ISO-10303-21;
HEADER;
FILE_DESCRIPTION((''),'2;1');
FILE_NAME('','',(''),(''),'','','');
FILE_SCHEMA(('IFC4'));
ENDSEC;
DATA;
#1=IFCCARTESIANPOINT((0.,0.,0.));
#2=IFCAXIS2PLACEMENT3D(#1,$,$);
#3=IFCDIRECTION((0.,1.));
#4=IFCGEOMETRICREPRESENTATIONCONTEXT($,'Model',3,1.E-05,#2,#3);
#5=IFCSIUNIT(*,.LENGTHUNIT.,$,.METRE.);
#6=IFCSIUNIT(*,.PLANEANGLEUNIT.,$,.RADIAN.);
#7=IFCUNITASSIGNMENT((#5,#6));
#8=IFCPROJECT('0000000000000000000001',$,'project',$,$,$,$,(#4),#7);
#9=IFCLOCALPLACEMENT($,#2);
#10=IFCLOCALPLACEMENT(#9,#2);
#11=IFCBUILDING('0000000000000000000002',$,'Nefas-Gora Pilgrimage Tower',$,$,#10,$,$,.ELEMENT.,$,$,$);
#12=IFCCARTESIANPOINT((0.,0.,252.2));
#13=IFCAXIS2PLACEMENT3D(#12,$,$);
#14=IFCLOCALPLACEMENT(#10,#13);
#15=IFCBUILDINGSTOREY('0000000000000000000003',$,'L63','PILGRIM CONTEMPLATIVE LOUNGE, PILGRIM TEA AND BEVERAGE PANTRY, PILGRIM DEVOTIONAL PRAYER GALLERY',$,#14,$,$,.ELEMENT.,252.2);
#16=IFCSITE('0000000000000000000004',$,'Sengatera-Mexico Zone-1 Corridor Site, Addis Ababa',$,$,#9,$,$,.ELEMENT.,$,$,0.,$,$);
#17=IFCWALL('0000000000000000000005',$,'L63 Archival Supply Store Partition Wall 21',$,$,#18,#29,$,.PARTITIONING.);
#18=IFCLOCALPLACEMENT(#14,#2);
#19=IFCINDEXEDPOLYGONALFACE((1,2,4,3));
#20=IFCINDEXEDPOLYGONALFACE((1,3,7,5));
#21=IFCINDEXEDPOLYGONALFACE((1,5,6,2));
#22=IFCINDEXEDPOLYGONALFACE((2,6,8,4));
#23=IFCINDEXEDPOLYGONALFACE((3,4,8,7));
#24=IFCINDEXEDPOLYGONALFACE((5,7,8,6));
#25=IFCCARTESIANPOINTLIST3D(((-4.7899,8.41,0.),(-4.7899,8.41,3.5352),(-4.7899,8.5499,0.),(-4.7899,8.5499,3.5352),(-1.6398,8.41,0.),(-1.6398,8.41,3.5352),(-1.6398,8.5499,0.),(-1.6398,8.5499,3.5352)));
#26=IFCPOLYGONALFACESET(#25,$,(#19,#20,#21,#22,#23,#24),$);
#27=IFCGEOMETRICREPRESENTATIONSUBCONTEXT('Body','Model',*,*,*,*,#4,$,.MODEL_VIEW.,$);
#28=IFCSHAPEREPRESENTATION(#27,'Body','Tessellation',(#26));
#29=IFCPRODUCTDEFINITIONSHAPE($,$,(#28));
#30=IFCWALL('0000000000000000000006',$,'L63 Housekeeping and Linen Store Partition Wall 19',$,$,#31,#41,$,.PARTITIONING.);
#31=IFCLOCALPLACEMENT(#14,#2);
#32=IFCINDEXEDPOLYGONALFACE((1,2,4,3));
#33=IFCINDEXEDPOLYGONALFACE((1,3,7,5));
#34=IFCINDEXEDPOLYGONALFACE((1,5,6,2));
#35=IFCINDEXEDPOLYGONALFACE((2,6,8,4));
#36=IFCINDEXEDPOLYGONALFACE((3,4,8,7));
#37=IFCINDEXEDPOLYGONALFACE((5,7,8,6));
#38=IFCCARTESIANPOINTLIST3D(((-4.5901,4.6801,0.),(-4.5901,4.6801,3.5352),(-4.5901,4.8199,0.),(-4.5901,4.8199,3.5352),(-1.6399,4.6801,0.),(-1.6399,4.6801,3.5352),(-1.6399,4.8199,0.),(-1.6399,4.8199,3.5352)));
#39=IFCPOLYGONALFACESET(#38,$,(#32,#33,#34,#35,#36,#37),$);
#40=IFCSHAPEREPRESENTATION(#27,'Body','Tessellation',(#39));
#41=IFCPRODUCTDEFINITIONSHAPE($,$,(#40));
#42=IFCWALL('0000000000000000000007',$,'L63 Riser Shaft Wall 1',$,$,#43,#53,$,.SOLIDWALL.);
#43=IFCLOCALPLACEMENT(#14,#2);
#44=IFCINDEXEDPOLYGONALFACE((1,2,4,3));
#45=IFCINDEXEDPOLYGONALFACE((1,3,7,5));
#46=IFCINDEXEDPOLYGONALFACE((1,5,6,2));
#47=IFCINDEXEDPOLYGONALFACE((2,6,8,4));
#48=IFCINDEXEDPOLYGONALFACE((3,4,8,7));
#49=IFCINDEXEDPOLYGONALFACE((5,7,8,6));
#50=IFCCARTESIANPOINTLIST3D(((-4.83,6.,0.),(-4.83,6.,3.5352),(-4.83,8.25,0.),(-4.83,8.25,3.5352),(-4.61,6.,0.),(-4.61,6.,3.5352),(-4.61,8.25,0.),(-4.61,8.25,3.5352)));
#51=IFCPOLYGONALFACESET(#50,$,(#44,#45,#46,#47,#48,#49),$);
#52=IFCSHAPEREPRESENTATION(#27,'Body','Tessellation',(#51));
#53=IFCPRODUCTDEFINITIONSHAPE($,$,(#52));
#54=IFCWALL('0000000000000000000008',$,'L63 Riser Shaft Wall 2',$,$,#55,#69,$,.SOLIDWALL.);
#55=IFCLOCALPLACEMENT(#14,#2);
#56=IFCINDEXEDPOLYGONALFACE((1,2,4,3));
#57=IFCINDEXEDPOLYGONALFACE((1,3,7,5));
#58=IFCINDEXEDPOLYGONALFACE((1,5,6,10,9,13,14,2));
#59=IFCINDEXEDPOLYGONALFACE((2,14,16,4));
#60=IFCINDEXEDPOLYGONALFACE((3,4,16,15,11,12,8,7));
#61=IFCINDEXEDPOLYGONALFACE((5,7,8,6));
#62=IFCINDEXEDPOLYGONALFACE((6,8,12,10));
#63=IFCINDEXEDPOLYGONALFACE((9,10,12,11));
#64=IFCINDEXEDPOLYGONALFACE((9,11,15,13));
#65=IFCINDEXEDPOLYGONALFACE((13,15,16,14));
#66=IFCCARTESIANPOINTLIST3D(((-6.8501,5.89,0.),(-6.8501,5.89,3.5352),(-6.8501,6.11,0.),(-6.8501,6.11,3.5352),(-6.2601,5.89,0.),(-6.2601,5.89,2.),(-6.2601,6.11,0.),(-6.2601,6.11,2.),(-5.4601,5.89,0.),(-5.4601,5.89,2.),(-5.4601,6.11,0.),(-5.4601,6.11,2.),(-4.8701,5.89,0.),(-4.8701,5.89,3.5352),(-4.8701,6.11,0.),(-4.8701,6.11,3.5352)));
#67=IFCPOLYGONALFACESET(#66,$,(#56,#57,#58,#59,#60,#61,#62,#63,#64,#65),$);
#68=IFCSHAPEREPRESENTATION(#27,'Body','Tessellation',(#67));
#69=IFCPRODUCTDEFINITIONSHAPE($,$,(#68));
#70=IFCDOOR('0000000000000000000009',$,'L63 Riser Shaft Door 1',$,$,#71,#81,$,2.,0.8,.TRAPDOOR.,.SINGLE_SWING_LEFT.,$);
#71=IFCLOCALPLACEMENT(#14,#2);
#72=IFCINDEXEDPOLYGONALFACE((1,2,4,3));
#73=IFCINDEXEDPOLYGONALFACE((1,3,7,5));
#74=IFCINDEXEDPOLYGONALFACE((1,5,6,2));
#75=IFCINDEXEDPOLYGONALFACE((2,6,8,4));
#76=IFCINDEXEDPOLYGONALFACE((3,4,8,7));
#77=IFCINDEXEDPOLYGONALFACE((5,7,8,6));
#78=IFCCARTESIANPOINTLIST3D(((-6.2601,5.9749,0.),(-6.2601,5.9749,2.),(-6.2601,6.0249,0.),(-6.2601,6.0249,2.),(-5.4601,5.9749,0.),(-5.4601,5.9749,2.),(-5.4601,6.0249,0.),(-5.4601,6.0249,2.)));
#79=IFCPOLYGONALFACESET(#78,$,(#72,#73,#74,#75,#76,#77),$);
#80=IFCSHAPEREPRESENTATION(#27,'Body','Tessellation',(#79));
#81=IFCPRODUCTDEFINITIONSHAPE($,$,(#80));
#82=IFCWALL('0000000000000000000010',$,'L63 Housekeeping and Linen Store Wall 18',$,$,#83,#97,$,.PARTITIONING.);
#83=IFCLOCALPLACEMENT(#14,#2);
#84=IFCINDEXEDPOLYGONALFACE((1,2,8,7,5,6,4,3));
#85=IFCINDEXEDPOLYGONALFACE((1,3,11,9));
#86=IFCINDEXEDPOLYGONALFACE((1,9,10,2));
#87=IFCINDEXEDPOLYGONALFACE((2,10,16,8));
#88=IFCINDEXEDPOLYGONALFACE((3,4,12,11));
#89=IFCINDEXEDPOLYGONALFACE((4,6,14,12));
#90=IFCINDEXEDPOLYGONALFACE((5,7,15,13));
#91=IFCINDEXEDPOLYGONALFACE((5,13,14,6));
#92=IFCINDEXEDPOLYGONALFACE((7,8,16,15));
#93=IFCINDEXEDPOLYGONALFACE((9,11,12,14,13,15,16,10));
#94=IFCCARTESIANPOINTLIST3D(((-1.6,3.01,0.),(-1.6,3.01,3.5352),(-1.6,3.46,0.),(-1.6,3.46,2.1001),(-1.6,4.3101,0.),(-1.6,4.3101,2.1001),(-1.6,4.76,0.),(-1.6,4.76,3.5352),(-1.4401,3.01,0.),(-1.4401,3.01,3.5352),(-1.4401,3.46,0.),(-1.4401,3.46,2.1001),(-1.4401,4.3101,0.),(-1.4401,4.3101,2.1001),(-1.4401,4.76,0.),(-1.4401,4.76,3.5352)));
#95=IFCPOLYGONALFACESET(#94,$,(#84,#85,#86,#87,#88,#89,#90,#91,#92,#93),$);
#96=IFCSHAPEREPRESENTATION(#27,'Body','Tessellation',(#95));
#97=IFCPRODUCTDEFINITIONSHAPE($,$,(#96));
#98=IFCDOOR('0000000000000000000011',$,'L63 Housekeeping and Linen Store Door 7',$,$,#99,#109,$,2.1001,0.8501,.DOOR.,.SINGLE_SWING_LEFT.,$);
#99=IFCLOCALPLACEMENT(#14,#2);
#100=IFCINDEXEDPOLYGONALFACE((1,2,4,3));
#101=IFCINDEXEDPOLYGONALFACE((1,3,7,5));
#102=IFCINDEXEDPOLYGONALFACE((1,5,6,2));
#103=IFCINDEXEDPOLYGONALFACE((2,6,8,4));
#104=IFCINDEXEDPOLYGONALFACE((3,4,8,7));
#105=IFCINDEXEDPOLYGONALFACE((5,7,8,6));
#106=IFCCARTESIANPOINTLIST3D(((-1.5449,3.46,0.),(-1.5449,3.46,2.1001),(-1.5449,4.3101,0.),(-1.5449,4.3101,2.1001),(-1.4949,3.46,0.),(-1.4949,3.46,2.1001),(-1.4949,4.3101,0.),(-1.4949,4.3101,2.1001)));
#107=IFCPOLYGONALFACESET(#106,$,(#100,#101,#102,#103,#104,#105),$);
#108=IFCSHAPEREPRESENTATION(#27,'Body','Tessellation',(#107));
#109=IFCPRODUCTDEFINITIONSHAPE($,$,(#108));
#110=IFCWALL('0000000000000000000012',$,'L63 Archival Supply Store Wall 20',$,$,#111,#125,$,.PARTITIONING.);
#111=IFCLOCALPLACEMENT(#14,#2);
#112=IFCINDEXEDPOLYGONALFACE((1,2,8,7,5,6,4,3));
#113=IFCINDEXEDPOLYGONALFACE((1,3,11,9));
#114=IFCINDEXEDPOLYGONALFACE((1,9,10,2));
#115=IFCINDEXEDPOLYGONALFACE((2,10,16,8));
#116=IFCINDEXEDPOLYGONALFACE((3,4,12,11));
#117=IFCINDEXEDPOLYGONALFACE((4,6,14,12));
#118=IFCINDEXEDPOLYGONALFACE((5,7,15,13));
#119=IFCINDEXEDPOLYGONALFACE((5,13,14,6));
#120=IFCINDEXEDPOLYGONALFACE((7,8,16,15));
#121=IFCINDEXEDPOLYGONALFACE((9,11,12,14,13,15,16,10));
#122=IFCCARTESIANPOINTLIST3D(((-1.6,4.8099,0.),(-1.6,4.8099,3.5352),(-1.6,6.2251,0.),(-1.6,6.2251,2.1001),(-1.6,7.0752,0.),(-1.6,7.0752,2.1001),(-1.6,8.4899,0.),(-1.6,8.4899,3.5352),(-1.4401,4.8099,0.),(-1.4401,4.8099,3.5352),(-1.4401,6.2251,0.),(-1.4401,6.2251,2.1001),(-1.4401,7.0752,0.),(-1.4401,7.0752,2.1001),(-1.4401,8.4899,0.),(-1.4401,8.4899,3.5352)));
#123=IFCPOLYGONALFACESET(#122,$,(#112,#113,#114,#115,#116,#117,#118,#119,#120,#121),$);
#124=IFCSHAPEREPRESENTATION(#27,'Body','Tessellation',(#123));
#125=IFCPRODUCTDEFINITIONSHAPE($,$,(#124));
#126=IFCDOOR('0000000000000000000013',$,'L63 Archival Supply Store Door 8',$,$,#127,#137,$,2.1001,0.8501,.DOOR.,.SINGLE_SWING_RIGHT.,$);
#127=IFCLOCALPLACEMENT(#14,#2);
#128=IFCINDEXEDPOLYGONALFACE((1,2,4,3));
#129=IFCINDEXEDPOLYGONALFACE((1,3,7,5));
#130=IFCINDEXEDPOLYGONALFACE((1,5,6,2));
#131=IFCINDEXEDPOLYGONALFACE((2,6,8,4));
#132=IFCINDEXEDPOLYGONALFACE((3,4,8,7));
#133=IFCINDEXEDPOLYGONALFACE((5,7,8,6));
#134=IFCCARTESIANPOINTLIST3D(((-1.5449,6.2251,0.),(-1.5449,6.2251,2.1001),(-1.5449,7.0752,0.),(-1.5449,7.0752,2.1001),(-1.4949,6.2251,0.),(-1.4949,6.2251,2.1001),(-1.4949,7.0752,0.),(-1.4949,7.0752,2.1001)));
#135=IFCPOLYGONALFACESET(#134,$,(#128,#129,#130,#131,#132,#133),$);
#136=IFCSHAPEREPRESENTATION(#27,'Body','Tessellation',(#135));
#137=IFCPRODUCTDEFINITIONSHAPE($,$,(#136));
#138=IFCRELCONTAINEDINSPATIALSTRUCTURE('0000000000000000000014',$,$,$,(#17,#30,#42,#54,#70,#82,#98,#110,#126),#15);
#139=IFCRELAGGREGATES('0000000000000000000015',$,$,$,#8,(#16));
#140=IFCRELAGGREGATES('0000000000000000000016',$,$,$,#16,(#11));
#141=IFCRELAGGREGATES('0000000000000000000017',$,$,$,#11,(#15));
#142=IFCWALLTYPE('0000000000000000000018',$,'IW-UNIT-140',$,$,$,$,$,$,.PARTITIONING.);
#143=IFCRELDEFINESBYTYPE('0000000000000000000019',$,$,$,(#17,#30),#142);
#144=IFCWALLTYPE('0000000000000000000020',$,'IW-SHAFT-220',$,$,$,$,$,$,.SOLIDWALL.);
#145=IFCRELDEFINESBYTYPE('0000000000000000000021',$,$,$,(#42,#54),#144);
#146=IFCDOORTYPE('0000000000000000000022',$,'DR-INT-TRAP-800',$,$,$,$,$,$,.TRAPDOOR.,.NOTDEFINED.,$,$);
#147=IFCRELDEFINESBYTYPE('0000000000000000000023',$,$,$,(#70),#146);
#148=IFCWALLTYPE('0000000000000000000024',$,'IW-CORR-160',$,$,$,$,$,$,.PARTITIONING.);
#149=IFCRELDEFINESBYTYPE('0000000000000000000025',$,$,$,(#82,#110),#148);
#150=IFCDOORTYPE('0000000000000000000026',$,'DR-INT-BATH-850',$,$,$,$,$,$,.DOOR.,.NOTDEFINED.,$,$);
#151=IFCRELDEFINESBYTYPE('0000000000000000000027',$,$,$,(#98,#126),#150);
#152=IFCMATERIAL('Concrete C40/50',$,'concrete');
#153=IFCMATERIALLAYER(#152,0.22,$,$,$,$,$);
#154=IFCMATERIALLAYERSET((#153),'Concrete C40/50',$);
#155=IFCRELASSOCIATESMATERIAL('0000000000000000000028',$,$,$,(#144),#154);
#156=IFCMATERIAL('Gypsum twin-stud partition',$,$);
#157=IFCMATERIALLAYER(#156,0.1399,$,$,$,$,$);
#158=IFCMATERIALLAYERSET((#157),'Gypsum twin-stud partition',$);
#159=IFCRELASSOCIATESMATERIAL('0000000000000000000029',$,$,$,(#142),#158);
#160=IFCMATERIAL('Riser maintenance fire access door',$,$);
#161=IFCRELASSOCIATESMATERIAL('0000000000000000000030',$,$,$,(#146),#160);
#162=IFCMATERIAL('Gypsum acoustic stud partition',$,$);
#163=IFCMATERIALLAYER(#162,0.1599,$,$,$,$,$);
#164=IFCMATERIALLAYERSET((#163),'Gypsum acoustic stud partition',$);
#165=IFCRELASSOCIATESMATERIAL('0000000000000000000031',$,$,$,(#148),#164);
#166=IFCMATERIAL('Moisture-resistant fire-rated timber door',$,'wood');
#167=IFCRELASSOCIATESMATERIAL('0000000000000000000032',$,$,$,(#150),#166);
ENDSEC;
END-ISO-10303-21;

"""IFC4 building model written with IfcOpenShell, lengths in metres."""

from ifc_helpers import new_model, si_unit, direction, frame, frame_2d, origin, place, context, subcontext, project, spatial, rectangle, extrude, source, transform, mapped, material, layer, layer_set, type_object, element, fill, save


model = new_model("IFC4")

# Units and contexts
model_context = context("Model", 3, precision=1e-05, world=origin(), true_north=direction((0.0, 1.0)))
body_context = subcontext(model_context, "Body", "Model", "MODEL_VIEW")
ifc_project = project(units=[si_unit("LENGTHUNIT", "METRE"), si_unit("PLANEANGLEUNIT", "RADIAN")], contexts=[model_context])

# Site, building, storey
site_placement = place(None, origin())
site = spatial("IfcSite", under=ifc_project, at=site_placement, Name="Sengatera-Mexico Zone-1 Corridor Site, Addis Ababa", CompositionType="ELEMENT", RefElevation=0.0)
building_placement = place(site_placement, origin())
building = spatial("IfcBuilding", under=site, at=building_placement, Name="Nefas-Gora Pilgrimage Tower", CompositionType="ELEMENT")
storey_placement = place(building_placement, frame((0.0, 0.0, 252.2)))
storey = spatial("IfcBuildingStorey", under=building, at=storey_placement, Name="L63", Description="PILGRIM CONTEMPLATIVE LOUNGE, PILGRIM TEA AND BEVERAGE PANTRY, PILGRIM DEVOTIONAL PRAYER GALLERY", CompositionType="ELEMENT", Elevation=252.2)

# Shared definitions
ifc_material_1 = material(Name="Concrete C40/50", Category="concrete")
ifc_layer_1 = layer(ifc_material_1, 0.22)
ifc_layer_set_1 = layer_set([ifc_layer_1], Name="Concrete C40/50")
wall_type_1 = type_object("IfcWallType", Name="IW-SHAFT-220", PredefinedType="SOLIDWALL", material=ifc_layer_set_1)

# Walls
ifc_material_2 = material(Name="Gypsum twin-stud partition")
ifc_layer_2 = layer(ifc_material_2, 0.1399)
ifc_layer_set_2 = layer_set([ifc_layer_2], Name="Gypsum twin-stud partition")
wall_type_2 = type_object("IfcWallType", Name="IW-UNIT-140", PredefinedType="PARTITIONING", material=ifc_layer_set_2)
shared_shape_1 = source(origin(), body_context, "Body", "SweptSolid", [
    extrude(rectangle(XDim=3.1501, YDim=0.1399, at=frame_2d((1.5752, 0.0))), origin(), (0.0, 0.0, 1.0), 3.5352),
])
wall_1_placement = place(storey_placement, frame((-4.79, 8.48, 0.0), z_axis=(0.0, 0.0, 1.0), x_axis=(1.0, 0.0, 0.0)))
element("IfcWall", 1, at=wall_1_placement, inside=storey, type_object=wall_type_2, Name="L63 Archival Supply Store Partition Wall 21", PredefinedType="PARTITIONING", context=body_context, shape_type="MappedRepresentation", body=[
    mapped(shared_shape_1, transform((0.0, 0.0, 0.0), x_axis=(1.0, 0.0, 0.0), y_axis=(0.0, 1.0, 0.0), z_axis=(0.0, 0.0, 1.0), scale=1.0)),
])
shared_shape_2 = source(origin(), body_context, "Body", "SweptSolid", [
    extrude(rectangle(XDim=2.9502, YDim=0.1399, at=frame_2d((1.4751, 0.0))), origin(), (0.0, 0.0, 1.0), 3.5352),
])
wall_2_placement = place(storey_placement, frame((-4.5901, 4.75, 0.0), z_axis=(0.0, 0.0, 1.0), x_axis=(1.0, 0.0, 0.0)))
element("IfcWall", 2, at=wall_2_placement, inside=storey, type_object=wall_type_2, Name="L63 Housekeeping and Linen Store Partition Wall 19", PredefinedType="PARTITIONING", context=body_context, shape_type="MappedRepresentation", body=[
    mapped(shared_shape_2, transform((0.0, 0.0, 0.0), x_axis=(1.0, 0.0, 0.0), y_axis=(0.0, 1.0, 0.0), z_axis=(0.0, 0.0, 1.0), scale=1.0)),
])
shared_shape_3 = source(origin(), body_context, "Body", "SweptSolid", [
    extrude(rectangle(XDim=2.25, YDim=0.22, at=frame_2d((1.125, 0.0))), origin(), (0.0, 0.0, 1.0), 3.5352),
])
wall_3_placement = place(storey_placement, frame((-4.72, 6.0, 0.0), z_axis=(0.0, 0.0, 1.0), x_axis=(0.0, 1.0, 0.0)))
element("IfcWall", 3, at=wall_3_placement, inside=storey, type_object=wall_type_1, Name="L63 Riser Shaft Wall 1", PredefinedType="SOLIDWALL", context=body_context, shape_type="MappedRepresentation", body=[
    mapped(shared_shape_3, transform((0.0, 0.0, 0.0), x_axis=(1.0, 0.0, 0.0), y_axis=(0.0, 1.0, 0.0), z_axis=(0.0, 0.0, 1.0), scale=1.0)),
])

# Walls, openings, doors
shared_shape_4 = source(origin(), body_context, "Body", "SweptSolid", [
    extrude(rectangle(XDim=1.98, YDim=0.22, at=frame_2d((0.99, 0.0))), origin(), (0.0, 0.0, 1.0), 3.5352),
])
wall_4_placement = place(storey_placement, frame((-6.8501, 6.0, 0.0), z_axis=(0.0, 0.0, 1.0), x_axis=(1.0, 0.0, 0.0)))
wall_4 = element("IfcWall", 4, at=wall_4_placement, inside=storey, type_object=wall_type_1, Name="L63 Riser Shaft Wall 2", PredefinedType="SOLIDWALL", context=body_context, shape_type="MappedRepresentation", body=[
    mapped(shared_shape_4, transform((0.0, 0.0, 0.0), x_axis=(1.0, 0.0, 0.0), y_axis=(0.0, 1.0, 0.0), z_axis=(0.0, 0.0, 1.0), scale=1.0)),
])
opening_1_placement = place(wall_4_placement, frame((0.5901, 0.0, 0.0)))
opening_1 = element("IfcOpeningElement", 5, at=opening_1_placement, cuts=wall_4, PredefinedType="OPENING", context=body_context, shape_type="SweptSolid", body=[
    extrude(rectangle(XDim=0.8, YDim=2.0, at=frame_2d((0.3999, 1.0))), frame((0.0, 0.1199, 0.0), z_axis=(0.0, -1.0, 0.0), x_axis=(1.0, 0.0, 0.0)), (0.0, 0.0, 1.0), 0.24),
])
ifc_material_3 = material(Name="Riser maintenance fire access door")
door_type_1 = type_object("IfcDoorType", Name="DR-INT-TRAP-800", OperationType="NOTDEFINED", PredefinedType="TRAPDOOR", material=ifc_material_3)
shared_shape_5 = source(origin(), body_context, "Body", "SweptSolid", [
    extrude(rectangle(XDim=0.8, YDim=2.0, at=frame_2d((0.3999, 1.0))), frame((0.0, 0.0249, 0.0), z_axis=(0.0, -1.0, 0.0), x_axis=(1.0, 0.0, 0.0)), (0.0, 0.0, 1.0), 0.05),
])
door_1_placement = place(opening_1_placement, origin())
door_1 = element("IfcDoor", 6, at=door_1_placement, inside=storey, type_object=door_type_1, Name="L63 Riser Shaft Door 1", OperationType="SINGLE_SWING_LEFT", OverallHeight=2.0, OverallWidth=0.8, PredefinedType="TRAPDOOR", context=body_context, shape_type="MappedRepresentation", body=[
    mapped(shared_shape_5, transform((0.0, 0.0, 0.0), x_axis=(1.0, 0.0, 0.0), y_axis=(0.0, 1.0, 0.0), z_axis=(0.0, 0.0, 1.0), scale=1.0)),
])
fill(opening_1, door_1)
ifc_material_4 = material(Name="Gypsum acoustic stud partition")
ifc_layer_3 = layer(ifc_material_4, 0.1599)
ifc_layer_set_3 = layer_set([ifc_layer_3], Name="Gypsum acoustic stud partition")
wall_type_3 = type_object("IfcWallType", Name="IW-CORR-160", PredefinedType="PARTITIONING", material=ifc_layer_set_3)
shared_shape_6 = source(origin(), body_context, "Body", "SweptSolid", [
    extrude(rectangle(XDim=1.75, YDim=0.1599, at=frame_2d((0.875, 0.0))), origin(), (0.0, 0.0, 1.0), 3.5352),
])
wall_5_placement = place(storey_placement, frame((-1.52, 3.01, 0.0), z_axis=(0.0, 0.0, 1.0), x_axis=(0.0, 1.0, 0.0)))
wall_5 = element("IfcWall", 7, at=wall_5_placement, inside=storey, type_object=wall_type_3, Name="L63 Housekeeping and Linen Store Wall 18", PredefinedType="PARTITIONING", context=body_context, shape_type="MappedRepresentation", body=[
    mapped(shared_shape_6, transform((0.0, 0.0, 0.0), x_axis=(1.0, 0.0, 0.0), y_axis=(0.0, 1.0, 0.0), z_axis=(0.0, 0.0, 1.0), scale=1.0)),
])
opening_2_placement = place(wall_5_placement, frame((0.45, 0.0, 0.0)))
opening_2 = element("IfcOpeningElement", 8, at=opening_2_placement, cuts=wall_5, PredefinedType="OPENING", context=body_context, shape_type="SweptSolid", body=[
    extrude(rectangle(XDim=0.8501, YDim=2.1001, at=frame_2d((0.425, 1.05))), frame((0.0, 0.0898, 0.0), z_axis=(0.0, -1.0, 0.0), x_axis=(1.0, 0.0, 0.0)), (0.0, 0.0, 1.0), 0.1799),
])
ifc_material_5 = material(Name="Moisture-resistant fire-rated timber door", Category="wood")
door_type_2 = type_object("IfcDoorType", Name="DR-INT-BATH-850", OperationType="NOTDEFINED", PredefinedType="DOOR", material=ifc_material_5)
shared_shape_7 = source(origin(), body_context, "Body", "SweptSolid", [
    extrude(rectangle(XDim=0.8501, YDim=2.1001, at=frame_2d((0.425, 1.05))), frame((0.0, 0.0249, 0.0), z_axis=(0.0, -1.0, 0.0), x_axis=(1.0, 0.0, 0.0)), (0.0, 0.0, 1.0), 0.05),
])
door_2_placement = place(opening_2_placement, origin())
door_2 = element("IfcDoor", 9, at=door_2_placement, inside=storey, type_object=door_type_2, Name="L63 Housekeeping and Linen Store Door 7", OperationType="SINGLE_SWING_LEFT", OverallHeight=2.1001, OverallWidth=0.8501, PredefinedType="DOOR", context=body_context, shape_type="MappedRepresentation", body=[
    mapped(shared_shape_7, transform((0.0, 0.0, 0.0), x_axis=(1.0, 0.0, 0.0), y_axis=(0.0, 1.0, 0.0), z_axis=(0.0, 0.0, 1.0), scale=1.0)),
])
fill(opening_2, door_2)
shared_shape_8 = source(origin(), body_context, "Body", "SweptSolid", [
    extrude(rectangle(XDim=3.6799, YDim=0.1599, at=frame_2d((1.8398, 0.0))), origin(), (0.0, 0.0, 1.0), 3.5352),
])
wall_6_placement = place(storey_placement, frame((-1.52, 4.8101, 0.0), z_axis=(0.0, 0.0, 1.0), x_axis=(0.0, 1.0, 0.0)))
wall_6 = element("IfcWall", 10, at=wall_6_placement, inside=storey, type_object=wall_type_3, Name="L63 Archival Supply Store Wall 20", PredefinedType="PARTITIONING", context=body_context, shape_type="MappedRepresentation", body=[
    mapped(shared_shape_8, transform((0.0, 0.0, 0.0), x_axis=(1.0, 0.0, 0.0), y_axis=(0.0, 1.0, 0.0), z_axis=(0.0, 0.0, 1.0), scale=1.0)),
])
opening_3_placement = place(wall_6_placement, frame((1.415, 0.0, 0.0)))
opening_3 = element("IfcOpeningElement", 11, at=opening_3_placement, cuts=wall_6, PredefinedType="OPENING", context=body_context, shape_type="SweptSolid", body=[
    extrude(rectangle(XDim=0.8501, YDim=2.1001, at=frame_2d((0.425, 1.05))), frame((0.0, 0.0898, 0.0), z_axis=(0.0, -1.0, 0.0), x_axis=(1.0, 0.0, 0.0)), (0.0, 0.0, 1.0), 0.1799),
])
door_3_placement = place(opening_3_placement, origin())
door_3 = element("IfcDoor", 12, at=door_3_placement, inside=storey, type_object=door_type_2, Name="L63 Archival Supply Store Door 8", OperationType="SINGLE_SWING_RIGHT", OverallHeight=2.1001, OverallWidth=0.8501, PredefinedType="DOOR", context=body_context, shape_type="MappedRepresentation", body=[
    mapped(shared_shape_7, transform((0.0, 0.0, 0.0), x_axis=(1.0, 0.0, 0.0), y_axis=(0.0, 1.0, 0.0), z_axis=(0.0, 0.0, 1.0), scale=1.0)),
])
fill(opening_3, door_3)

save(model, "model.ifc")
